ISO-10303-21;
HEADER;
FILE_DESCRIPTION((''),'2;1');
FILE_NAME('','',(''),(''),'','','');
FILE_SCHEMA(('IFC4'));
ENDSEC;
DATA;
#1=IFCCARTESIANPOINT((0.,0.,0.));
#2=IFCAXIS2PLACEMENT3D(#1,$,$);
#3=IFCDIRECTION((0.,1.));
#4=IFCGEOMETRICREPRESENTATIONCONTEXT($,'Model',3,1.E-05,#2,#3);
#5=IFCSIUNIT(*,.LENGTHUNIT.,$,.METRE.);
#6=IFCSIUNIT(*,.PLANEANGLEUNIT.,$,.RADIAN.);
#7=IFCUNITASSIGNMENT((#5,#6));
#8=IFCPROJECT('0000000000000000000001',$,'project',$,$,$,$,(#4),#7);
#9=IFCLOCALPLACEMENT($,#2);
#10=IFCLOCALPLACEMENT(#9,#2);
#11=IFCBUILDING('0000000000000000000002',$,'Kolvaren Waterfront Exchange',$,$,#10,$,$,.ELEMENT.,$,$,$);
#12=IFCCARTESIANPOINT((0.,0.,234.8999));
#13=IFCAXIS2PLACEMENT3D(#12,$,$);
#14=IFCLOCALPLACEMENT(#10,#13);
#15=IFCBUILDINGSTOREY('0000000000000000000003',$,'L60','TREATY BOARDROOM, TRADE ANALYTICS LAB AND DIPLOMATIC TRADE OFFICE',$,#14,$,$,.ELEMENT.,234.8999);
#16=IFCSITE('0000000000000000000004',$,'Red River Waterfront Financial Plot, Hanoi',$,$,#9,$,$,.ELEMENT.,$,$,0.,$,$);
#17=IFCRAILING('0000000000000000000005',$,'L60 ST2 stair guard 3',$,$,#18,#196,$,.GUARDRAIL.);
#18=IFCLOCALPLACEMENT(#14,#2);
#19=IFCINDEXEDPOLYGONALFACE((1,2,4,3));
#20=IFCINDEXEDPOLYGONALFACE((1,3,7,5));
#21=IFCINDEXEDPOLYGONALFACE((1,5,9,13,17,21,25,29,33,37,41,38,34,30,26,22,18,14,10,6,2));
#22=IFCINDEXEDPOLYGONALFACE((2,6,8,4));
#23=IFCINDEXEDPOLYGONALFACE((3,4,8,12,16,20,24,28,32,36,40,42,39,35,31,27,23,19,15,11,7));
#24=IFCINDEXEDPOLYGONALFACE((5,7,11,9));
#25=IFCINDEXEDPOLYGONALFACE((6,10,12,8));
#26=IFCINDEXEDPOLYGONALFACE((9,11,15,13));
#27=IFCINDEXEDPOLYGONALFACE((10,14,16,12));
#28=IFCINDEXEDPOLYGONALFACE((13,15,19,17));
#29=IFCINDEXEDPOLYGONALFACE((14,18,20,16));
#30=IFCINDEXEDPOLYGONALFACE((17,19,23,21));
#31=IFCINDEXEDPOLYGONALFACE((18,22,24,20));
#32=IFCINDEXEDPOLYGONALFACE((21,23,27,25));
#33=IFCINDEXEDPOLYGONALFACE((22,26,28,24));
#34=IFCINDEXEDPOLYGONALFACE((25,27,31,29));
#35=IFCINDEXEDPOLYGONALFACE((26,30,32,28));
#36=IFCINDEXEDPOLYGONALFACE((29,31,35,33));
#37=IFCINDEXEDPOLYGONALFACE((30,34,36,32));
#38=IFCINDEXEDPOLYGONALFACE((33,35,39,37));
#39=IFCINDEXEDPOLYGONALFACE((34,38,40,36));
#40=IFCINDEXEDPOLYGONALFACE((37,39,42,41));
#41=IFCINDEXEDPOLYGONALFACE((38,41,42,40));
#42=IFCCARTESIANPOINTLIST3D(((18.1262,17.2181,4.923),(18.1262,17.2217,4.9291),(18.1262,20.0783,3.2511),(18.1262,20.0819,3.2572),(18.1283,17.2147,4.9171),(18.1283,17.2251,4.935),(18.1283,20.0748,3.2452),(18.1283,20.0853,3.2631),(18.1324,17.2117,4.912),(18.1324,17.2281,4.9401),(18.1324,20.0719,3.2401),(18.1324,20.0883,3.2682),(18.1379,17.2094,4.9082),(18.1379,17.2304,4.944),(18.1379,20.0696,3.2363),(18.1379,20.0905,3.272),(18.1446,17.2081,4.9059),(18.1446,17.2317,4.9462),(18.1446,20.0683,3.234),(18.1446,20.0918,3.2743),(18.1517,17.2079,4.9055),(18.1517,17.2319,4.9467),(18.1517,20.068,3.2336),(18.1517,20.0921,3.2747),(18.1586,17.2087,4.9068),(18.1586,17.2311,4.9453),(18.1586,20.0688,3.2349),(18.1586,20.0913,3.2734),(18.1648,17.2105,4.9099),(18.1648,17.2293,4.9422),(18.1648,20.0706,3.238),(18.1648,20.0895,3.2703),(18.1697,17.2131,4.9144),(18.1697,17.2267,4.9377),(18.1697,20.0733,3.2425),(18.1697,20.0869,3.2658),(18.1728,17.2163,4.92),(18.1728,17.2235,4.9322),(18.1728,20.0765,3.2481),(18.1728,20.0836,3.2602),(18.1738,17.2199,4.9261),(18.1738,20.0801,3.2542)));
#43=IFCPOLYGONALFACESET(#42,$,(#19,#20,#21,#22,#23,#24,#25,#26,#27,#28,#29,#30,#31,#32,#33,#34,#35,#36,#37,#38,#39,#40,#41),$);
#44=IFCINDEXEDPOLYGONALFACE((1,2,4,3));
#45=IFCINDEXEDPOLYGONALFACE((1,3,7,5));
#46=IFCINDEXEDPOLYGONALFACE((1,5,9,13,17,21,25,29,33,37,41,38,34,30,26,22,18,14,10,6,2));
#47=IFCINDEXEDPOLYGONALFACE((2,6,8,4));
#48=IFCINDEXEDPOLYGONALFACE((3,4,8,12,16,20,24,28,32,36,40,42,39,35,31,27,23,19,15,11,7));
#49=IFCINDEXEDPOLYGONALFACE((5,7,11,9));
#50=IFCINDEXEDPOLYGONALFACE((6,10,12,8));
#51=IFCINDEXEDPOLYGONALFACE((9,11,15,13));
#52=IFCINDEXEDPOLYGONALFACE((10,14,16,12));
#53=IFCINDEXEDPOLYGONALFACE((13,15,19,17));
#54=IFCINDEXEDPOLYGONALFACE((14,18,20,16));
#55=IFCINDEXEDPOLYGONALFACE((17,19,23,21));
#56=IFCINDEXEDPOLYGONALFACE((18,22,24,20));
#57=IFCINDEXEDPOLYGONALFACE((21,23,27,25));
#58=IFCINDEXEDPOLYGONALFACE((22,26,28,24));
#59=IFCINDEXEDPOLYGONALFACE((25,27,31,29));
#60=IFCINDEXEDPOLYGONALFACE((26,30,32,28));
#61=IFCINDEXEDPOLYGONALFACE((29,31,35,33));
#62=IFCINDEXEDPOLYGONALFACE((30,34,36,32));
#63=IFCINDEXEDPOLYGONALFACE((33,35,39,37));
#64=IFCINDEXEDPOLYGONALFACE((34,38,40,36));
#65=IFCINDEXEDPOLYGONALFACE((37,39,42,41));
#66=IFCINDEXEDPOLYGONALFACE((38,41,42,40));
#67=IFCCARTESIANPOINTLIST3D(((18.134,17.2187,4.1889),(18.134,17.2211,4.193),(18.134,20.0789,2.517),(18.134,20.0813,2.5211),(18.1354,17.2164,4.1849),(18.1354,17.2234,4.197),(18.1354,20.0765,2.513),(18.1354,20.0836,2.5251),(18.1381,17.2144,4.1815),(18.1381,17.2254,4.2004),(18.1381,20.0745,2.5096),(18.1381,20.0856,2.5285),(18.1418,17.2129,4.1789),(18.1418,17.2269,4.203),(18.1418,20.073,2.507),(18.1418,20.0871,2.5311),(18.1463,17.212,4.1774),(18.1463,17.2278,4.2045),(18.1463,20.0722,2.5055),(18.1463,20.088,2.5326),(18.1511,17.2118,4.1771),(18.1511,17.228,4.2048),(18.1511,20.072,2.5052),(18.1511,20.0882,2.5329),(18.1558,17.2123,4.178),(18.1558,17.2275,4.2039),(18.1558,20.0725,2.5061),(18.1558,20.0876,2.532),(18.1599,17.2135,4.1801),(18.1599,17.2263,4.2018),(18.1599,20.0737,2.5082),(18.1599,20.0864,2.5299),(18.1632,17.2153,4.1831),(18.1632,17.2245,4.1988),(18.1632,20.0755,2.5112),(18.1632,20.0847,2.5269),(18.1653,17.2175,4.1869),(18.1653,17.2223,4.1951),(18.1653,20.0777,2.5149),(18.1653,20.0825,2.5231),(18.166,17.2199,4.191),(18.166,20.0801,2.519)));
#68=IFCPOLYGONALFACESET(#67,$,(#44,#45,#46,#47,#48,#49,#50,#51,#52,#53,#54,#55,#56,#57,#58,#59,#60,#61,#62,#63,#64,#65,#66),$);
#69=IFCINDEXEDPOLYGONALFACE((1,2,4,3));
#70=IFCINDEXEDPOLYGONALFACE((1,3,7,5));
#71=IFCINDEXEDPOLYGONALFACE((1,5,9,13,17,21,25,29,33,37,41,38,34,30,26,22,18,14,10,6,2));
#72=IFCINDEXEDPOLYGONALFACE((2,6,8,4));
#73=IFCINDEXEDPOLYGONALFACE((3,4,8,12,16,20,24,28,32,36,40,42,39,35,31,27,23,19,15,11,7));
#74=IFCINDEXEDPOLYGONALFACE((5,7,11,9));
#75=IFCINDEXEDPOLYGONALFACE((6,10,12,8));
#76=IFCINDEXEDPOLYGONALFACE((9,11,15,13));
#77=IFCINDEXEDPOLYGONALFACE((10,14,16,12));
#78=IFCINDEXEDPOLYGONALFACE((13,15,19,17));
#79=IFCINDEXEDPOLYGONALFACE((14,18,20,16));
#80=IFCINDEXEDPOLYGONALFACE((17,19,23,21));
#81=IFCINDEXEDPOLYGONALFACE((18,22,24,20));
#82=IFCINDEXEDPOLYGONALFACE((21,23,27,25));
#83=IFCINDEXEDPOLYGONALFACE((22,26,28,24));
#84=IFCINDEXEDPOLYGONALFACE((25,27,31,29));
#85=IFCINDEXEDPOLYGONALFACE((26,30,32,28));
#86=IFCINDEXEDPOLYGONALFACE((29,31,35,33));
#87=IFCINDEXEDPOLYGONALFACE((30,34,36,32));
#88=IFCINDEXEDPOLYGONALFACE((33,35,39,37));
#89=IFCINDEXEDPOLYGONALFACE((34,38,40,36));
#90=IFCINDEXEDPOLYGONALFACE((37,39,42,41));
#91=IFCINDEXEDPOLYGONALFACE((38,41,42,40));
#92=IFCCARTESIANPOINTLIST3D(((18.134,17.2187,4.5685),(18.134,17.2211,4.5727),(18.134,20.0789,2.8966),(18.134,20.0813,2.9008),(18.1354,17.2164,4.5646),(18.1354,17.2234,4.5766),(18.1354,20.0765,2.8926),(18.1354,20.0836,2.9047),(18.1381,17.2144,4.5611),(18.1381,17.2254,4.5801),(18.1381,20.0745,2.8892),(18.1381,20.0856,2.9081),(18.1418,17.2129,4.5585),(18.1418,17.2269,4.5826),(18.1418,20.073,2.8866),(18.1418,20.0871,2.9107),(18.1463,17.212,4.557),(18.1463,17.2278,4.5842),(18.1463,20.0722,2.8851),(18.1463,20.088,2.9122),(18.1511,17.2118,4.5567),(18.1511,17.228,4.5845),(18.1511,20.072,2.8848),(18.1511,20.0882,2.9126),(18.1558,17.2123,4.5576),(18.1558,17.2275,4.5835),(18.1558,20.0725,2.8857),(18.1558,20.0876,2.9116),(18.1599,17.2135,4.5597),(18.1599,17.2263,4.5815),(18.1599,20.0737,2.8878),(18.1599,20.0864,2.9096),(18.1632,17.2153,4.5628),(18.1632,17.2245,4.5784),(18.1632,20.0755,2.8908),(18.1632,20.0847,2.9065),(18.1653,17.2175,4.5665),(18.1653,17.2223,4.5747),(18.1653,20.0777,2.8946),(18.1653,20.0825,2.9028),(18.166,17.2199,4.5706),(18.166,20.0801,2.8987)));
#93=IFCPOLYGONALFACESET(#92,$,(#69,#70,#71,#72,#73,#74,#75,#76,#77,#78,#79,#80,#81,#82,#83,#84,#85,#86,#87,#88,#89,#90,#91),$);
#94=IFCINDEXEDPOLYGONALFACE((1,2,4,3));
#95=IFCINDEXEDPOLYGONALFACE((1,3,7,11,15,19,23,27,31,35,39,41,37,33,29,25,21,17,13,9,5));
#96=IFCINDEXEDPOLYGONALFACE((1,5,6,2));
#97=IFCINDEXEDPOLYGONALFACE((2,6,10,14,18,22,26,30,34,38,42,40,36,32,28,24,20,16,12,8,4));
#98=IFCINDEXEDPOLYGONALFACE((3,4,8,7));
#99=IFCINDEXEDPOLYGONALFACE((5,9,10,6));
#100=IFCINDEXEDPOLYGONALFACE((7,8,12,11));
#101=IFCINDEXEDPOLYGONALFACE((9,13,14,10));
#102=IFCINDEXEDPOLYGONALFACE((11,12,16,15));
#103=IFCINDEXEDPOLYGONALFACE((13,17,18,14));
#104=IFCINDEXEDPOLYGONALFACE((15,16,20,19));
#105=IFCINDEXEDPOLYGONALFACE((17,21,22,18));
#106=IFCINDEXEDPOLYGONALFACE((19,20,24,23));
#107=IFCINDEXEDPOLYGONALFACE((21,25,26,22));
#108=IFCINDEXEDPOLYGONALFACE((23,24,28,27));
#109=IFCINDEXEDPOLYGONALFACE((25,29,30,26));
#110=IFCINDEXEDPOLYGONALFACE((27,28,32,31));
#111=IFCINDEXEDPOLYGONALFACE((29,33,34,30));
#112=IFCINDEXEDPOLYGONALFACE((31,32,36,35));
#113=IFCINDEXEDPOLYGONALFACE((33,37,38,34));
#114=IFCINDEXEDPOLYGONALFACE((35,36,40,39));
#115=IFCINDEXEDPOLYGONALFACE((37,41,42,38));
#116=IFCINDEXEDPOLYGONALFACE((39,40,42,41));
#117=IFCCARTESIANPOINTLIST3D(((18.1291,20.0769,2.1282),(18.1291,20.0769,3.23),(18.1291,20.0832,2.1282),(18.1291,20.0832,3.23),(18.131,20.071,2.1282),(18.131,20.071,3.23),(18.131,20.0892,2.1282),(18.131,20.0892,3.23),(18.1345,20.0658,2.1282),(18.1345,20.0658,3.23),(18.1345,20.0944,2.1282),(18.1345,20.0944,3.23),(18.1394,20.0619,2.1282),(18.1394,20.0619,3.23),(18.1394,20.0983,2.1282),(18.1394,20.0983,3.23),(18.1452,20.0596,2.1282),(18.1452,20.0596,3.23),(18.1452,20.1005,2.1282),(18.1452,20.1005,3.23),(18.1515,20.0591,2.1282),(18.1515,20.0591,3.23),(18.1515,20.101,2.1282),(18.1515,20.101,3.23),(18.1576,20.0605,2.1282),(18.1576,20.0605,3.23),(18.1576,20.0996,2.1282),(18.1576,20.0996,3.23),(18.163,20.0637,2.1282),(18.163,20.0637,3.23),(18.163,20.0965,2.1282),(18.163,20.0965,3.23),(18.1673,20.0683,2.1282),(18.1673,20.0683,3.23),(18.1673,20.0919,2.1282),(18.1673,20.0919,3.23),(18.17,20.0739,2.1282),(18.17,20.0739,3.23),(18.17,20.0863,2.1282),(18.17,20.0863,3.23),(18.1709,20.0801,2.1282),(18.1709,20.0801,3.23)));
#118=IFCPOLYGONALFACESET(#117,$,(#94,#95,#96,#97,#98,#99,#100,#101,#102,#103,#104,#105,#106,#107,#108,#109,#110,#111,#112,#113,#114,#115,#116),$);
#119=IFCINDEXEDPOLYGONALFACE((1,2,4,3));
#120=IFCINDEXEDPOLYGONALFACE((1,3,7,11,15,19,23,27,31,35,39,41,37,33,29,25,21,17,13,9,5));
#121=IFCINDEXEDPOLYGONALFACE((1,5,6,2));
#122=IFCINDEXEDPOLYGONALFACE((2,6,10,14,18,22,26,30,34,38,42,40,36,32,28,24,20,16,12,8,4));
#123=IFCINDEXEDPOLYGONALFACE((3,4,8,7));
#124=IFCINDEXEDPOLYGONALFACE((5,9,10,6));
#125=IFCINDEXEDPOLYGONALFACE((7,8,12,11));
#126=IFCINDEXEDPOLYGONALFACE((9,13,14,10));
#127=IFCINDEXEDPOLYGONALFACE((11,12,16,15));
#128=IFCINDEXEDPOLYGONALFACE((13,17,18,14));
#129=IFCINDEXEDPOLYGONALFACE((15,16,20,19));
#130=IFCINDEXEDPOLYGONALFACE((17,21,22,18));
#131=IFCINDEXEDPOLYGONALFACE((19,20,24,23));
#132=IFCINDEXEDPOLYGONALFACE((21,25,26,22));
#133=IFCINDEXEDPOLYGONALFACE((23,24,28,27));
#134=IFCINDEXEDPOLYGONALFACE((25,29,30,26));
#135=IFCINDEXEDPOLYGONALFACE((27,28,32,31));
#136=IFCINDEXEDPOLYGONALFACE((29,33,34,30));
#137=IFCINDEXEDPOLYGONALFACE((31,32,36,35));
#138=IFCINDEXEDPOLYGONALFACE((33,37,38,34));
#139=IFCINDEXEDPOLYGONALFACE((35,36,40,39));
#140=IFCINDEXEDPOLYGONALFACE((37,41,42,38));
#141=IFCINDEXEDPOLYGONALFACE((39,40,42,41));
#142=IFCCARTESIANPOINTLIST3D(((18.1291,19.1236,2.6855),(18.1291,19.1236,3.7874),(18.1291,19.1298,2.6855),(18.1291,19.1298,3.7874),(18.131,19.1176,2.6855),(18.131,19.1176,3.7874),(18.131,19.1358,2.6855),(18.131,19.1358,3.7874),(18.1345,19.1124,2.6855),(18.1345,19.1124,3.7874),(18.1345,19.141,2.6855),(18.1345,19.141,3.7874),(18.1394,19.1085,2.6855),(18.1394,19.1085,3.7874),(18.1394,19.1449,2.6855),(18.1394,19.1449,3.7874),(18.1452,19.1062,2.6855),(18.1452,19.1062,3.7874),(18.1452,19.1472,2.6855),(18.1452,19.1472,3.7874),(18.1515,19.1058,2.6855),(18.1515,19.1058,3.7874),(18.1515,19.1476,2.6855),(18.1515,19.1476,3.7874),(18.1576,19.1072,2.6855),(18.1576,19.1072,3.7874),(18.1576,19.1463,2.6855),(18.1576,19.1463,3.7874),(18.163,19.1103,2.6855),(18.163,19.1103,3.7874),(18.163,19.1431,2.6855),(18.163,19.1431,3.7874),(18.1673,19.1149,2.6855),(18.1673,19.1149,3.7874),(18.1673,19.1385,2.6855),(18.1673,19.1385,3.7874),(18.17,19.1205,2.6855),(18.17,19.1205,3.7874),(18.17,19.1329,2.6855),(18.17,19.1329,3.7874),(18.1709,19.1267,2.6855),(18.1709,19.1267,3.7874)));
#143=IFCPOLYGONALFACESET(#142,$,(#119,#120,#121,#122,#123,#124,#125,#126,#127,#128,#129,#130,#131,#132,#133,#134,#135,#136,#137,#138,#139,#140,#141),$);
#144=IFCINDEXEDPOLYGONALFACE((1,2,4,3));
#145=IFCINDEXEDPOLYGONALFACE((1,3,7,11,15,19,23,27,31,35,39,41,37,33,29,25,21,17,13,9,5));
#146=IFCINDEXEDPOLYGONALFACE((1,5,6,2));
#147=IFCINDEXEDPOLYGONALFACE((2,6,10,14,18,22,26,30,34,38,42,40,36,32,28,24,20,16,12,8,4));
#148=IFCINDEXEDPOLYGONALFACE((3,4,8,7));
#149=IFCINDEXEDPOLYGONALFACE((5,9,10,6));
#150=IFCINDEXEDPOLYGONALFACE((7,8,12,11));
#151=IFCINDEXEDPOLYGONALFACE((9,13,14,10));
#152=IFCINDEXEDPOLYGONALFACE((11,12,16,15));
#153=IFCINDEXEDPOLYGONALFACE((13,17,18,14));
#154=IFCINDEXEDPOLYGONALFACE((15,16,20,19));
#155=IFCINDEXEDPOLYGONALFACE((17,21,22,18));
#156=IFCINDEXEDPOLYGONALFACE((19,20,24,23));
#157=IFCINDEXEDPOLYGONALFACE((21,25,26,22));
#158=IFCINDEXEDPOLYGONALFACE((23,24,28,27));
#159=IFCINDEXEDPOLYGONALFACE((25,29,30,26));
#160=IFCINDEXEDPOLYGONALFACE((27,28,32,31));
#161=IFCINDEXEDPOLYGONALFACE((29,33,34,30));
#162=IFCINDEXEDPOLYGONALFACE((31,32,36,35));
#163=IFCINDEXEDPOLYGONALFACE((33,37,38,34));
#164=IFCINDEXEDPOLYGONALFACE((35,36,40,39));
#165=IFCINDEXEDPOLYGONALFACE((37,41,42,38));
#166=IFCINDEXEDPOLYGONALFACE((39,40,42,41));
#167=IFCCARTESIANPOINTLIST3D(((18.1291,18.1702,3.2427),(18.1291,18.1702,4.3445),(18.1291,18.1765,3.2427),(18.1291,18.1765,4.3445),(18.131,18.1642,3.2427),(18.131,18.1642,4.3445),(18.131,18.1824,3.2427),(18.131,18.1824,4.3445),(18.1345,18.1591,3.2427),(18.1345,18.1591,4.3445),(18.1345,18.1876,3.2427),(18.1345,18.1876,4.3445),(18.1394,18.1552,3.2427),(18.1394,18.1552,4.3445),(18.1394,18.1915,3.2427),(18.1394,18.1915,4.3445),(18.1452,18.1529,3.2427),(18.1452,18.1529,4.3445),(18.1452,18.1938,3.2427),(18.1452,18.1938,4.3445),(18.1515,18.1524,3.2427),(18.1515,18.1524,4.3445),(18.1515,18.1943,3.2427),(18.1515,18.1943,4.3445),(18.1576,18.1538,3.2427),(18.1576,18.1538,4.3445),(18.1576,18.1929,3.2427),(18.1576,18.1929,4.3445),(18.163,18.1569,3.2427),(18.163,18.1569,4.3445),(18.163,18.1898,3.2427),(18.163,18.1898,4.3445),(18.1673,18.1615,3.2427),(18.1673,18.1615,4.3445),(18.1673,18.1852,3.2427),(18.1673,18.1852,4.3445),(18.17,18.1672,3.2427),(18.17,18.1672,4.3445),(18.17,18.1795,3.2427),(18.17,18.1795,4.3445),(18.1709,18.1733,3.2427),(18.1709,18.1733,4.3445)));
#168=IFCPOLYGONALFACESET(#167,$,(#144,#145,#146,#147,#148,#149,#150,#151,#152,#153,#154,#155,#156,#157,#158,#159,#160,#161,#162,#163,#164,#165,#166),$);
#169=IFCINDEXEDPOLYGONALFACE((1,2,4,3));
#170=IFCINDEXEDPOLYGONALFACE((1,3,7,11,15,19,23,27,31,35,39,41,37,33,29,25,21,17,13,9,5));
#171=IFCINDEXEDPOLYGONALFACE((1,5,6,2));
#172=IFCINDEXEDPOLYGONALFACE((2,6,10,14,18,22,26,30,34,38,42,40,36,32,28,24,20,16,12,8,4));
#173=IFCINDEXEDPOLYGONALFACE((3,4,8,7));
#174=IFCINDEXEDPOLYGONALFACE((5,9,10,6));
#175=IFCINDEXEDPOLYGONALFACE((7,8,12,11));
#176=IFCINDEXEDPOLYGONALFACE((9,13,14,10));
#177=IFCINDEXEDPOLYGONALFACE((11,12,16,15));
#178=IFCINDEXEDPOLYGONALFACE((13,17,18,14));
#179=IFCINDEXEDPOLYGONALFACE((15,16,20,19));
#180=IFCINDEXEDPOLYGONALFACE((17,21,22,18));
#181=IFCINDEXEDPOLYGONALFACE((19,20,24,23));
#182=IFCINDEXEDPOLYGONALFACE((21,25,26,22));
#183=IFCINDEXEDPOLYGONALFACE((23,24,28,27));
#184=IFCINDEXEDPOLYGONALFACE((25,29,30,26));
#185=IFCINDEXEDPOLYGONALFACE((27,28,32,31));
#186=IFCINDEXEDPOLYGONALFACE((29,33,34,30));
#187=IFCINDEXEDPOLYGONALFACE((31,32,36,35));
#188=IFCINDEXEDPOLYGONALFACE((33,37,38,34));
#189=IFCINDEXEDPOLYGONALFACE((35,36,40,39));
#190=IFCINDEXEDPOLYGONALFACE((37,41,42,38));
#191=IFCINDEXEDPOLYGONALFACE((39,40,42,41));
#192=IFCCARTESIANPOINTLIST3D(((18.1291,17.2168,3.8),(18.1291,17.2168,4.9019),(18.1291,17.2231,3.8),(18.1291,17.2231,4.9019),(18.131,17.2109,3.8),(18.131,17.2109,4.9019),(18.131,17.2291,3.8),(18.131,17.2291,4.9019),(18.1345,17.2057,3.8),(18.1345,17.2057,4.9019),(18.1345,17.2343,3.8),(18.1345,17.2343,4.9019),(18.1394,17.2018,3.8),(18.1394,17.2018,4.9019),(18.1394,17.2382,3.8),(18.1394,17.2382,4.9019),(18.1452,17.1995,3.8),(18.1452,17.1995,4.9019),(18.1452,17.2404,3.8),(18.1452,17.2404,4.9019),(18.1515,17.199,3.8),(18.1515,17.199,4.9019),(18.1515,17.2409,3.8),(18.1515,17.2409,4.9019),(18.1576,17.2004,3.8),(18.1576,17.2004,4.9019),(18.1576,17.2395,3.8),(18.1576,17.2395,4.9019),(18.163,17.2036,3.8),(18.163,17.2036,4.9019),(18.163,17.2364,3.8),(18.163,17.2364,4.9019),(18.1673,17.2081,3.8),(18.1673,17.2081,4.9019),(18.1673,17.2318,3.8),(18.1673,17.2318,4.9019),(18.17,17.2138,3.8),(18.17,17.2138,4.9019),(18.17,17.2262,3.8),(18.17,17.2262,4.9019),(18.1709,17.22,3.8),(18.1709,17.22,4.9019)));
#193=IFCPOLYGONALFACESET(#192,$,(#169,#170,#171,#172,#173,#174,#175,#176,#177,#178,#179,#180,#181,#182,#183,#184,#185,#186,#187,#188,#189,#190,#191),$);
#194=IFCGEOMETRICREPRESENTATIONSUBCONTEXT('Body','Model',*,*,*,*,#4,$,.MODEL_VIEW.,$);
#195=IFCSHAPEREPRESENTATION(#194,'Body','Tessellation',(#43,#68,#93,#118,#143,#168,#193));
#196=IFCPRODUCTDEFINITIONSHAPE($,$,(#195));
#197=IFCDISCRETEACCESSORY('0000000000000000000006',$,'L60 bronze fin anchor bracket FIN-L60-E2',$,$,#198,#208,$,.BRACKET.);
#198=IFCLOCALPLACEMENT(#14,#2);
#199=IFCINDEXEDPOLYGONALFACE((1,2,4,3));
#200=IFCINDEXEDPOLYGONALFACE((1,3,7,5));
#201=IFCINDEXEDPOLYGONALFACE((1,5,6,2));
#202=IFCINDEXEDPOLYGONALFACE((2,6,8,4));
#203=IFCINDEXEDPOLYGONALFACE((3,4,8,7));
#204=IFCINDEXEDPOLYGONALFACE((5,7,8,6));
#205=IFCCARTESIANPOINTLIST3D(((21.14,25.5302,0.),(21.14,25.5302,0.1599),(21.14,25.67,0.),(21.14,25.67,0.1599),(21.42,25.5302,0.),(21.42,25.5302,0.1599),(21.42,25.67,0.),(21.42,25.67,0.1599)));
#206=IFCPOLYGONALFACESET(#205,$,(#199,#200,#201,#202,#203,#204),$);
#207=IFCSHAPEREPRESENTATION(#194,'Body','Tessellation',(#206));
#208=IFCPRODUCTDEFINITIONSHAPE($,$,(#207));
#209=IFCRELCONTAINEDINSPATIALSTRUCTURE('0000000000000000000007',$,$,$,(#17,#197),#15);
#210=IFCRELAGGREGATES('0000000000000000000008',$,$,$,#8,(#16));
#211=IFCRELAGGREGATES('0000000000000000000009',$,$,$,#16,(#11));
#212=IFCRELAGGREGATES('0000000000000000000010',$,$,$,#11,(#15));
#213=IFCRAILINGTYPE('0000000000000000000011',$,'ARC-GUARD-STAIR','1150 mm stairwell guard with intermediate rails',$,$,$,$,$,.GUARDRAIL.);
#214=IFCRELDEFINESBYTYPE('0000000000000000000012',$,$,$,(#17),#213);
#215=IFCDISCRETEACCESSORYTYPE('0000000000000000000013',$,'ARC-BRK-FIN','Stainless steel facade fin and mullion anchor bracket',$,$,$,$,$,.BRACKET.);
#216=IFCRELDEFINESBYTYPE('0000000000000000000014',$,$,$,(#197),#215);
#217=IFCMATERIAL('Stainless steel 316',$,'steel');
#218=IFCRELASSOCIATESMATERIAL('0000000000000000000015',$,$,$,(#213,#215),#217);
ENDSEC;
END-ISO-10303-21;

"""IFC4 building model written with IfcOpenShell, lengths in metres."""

from ifc_helpers import new_model, si_unit, direction, frame, origin, origin_with_axes, origin_2d, place, context, subcontext, project, spatial, rectangle, circle, extrude, source, transform, mapped, material, type_object, element, save


model = new_model("IFC4")

# Units and contexts
model_context = context("Model", 3, precision=1e-05, world=origin(), true_north=direction((0.0, 1.0)))
body_context = subcontext(model_context, "Body", "Model", "MODEL_VIEW")
ifc_project = project(units=[si_unit("LENGTHUNIT", "METRE"), si_unit("PLANEANGLEUNIT", "RADIAN")], contexts=[model_context])

# Site, building, storey
site_placement = place(None, origin())
site = spatial("IfcSite", under=ifc_project, at=site_placement, Name="Red River Waterfront Financial Plot, Hanoi", CompositionType="ELEMENT", RefElevation=0.0)
building_placement = place(site_placement, origin())
building = spatial("IfcBuilding", under=site, at=building_placement, Name="Kolvaren Waterfront Exchange", CompositionType="ELEMENT")
storey_placement = place(building_placement, frame((0.0, 0.0, 234.8999)))
storey = spatial("IfcBuildingStorey", under=building, at=storey_placement, Name="L60", Description="TREATY BOARDROOM, TRADE ANALYTICS LAB AND DIPLOMATIC TRADE OFFICE", CompositionType="ELEMENT", Elevation=234.8999)

# Railing
ifc_material_1 = material(Name="Stainless steel 316", Category="steel")
railing_type = type_object("IfcRailingType", Name="ARC-GUARD-STAIR", Description="1150 mm stairwell guard with intermediate rails", PredefinedType="GUARDRAIL", material=ifc_material_1)
railing_1_placement = place(storey_placement, frame((18.1499, 20.0801, 2.1282)))
element("IfcRailing", 1, at=railing_1_placement, inside=storey, type_object=railing_type, Name="L60 ST2 stair guard 3", PredefinedType="GUARDRAIL", context=body_context, shape_type="SweptSolid", body=[
    extrude(circle(Radius=0.0239, at=origin_2d()), frame((0.0, 0.0, 1.126), z_axis=(0.0, -0.863321, 0.504654), x_axis=(1.0, 0.0, 0.0)), (0.0, 0.0, 1.0), 3.313),
    extrude(circle(Radius=0.0161, at=origin_2d()), frame((0.0, 0.0, 0.3909), z_axis=(0.0, -0.863321, 0.504654), x_axis=(1.0, 0.0, 0.0)), (0.0, 0.0, 1.0), 3.313),
    extrude(circle(Radius=0.0161, at=origin_2d()), frame((0.0, 0.0, 0.7705), z_axis=(0.0, -0.863321, 0.504654), x_axis=(1.0, 0.0, 0.0)), (0.0, 0.0, 1.0), 3.313),
    extrude(circle(Radius=0.021, at=origin_2d()), origin(), (0.0, 0.0, 1.0), 1.1018),
    extrude(circle(Radius=0.021, at=origin_2d()), frame((0.0, -0.9534, 0.5574)), (0.0, 0.0, 1.0), 1.1018),
    extrude(circle(Radius=0.021, at=origin_2d()), frame((0.0, -1.9067, 1.1145)), (0.0, 0.0, 1.0), 1.1018),
    extrude(circle(Radius=0.021, at=origin_2d()), frame((0.0, -2.8601, 1.6719)), (0.0, 0.0, 1.0), 1.1018),
])

# Discrete accessory
discrete_accessory_type = type_object("IfcDiscreteAccessoryType", Name="ARC-BRK-FIN", Description="Stainless steel facade fin and mullion anchor bracket", PredefinedType="BRACKET", material=ifc_material_1)
shared_shape_1 = source(origin_with_axes(), body_context, "Body", "SweptSolid", [
    extrude(rectangle(XDim=0.28, YDim=0.1399, at=origin_2d()), origin(), (0.0, 0.0, 1.0), 0.1599),
])
for number, where, z_axis, x_axis, name in (
    (2, (21.28, 25.6001, 0.0), (0.0, 0.0, 1.0), (1.0, 0.0, 0.0), "L60 bronze fin anchor bracket FIN-L60-E2"),
):
    element("IfcDiscreteAccessory", number, at=place(storey_placement, frame(where, z_axis=z_axis, x_axis=x_axis)), inside=storey, type_object=discrete_accessory_type, Name=name, PredefinedType="BRACKET", context=body_context, shape_type="MappedRepresentation", body=[
        mapped(shared_shape_1, transform((0.0, 0.0, 0.0), x_axis=(1.0, 0.0, 0.0), y_axis=(0.0, 1.0, 0.0), z_axis=(0.0, 0.0, 1.0), scale=1.0)),
    ])

save(model, "model.ifc")
